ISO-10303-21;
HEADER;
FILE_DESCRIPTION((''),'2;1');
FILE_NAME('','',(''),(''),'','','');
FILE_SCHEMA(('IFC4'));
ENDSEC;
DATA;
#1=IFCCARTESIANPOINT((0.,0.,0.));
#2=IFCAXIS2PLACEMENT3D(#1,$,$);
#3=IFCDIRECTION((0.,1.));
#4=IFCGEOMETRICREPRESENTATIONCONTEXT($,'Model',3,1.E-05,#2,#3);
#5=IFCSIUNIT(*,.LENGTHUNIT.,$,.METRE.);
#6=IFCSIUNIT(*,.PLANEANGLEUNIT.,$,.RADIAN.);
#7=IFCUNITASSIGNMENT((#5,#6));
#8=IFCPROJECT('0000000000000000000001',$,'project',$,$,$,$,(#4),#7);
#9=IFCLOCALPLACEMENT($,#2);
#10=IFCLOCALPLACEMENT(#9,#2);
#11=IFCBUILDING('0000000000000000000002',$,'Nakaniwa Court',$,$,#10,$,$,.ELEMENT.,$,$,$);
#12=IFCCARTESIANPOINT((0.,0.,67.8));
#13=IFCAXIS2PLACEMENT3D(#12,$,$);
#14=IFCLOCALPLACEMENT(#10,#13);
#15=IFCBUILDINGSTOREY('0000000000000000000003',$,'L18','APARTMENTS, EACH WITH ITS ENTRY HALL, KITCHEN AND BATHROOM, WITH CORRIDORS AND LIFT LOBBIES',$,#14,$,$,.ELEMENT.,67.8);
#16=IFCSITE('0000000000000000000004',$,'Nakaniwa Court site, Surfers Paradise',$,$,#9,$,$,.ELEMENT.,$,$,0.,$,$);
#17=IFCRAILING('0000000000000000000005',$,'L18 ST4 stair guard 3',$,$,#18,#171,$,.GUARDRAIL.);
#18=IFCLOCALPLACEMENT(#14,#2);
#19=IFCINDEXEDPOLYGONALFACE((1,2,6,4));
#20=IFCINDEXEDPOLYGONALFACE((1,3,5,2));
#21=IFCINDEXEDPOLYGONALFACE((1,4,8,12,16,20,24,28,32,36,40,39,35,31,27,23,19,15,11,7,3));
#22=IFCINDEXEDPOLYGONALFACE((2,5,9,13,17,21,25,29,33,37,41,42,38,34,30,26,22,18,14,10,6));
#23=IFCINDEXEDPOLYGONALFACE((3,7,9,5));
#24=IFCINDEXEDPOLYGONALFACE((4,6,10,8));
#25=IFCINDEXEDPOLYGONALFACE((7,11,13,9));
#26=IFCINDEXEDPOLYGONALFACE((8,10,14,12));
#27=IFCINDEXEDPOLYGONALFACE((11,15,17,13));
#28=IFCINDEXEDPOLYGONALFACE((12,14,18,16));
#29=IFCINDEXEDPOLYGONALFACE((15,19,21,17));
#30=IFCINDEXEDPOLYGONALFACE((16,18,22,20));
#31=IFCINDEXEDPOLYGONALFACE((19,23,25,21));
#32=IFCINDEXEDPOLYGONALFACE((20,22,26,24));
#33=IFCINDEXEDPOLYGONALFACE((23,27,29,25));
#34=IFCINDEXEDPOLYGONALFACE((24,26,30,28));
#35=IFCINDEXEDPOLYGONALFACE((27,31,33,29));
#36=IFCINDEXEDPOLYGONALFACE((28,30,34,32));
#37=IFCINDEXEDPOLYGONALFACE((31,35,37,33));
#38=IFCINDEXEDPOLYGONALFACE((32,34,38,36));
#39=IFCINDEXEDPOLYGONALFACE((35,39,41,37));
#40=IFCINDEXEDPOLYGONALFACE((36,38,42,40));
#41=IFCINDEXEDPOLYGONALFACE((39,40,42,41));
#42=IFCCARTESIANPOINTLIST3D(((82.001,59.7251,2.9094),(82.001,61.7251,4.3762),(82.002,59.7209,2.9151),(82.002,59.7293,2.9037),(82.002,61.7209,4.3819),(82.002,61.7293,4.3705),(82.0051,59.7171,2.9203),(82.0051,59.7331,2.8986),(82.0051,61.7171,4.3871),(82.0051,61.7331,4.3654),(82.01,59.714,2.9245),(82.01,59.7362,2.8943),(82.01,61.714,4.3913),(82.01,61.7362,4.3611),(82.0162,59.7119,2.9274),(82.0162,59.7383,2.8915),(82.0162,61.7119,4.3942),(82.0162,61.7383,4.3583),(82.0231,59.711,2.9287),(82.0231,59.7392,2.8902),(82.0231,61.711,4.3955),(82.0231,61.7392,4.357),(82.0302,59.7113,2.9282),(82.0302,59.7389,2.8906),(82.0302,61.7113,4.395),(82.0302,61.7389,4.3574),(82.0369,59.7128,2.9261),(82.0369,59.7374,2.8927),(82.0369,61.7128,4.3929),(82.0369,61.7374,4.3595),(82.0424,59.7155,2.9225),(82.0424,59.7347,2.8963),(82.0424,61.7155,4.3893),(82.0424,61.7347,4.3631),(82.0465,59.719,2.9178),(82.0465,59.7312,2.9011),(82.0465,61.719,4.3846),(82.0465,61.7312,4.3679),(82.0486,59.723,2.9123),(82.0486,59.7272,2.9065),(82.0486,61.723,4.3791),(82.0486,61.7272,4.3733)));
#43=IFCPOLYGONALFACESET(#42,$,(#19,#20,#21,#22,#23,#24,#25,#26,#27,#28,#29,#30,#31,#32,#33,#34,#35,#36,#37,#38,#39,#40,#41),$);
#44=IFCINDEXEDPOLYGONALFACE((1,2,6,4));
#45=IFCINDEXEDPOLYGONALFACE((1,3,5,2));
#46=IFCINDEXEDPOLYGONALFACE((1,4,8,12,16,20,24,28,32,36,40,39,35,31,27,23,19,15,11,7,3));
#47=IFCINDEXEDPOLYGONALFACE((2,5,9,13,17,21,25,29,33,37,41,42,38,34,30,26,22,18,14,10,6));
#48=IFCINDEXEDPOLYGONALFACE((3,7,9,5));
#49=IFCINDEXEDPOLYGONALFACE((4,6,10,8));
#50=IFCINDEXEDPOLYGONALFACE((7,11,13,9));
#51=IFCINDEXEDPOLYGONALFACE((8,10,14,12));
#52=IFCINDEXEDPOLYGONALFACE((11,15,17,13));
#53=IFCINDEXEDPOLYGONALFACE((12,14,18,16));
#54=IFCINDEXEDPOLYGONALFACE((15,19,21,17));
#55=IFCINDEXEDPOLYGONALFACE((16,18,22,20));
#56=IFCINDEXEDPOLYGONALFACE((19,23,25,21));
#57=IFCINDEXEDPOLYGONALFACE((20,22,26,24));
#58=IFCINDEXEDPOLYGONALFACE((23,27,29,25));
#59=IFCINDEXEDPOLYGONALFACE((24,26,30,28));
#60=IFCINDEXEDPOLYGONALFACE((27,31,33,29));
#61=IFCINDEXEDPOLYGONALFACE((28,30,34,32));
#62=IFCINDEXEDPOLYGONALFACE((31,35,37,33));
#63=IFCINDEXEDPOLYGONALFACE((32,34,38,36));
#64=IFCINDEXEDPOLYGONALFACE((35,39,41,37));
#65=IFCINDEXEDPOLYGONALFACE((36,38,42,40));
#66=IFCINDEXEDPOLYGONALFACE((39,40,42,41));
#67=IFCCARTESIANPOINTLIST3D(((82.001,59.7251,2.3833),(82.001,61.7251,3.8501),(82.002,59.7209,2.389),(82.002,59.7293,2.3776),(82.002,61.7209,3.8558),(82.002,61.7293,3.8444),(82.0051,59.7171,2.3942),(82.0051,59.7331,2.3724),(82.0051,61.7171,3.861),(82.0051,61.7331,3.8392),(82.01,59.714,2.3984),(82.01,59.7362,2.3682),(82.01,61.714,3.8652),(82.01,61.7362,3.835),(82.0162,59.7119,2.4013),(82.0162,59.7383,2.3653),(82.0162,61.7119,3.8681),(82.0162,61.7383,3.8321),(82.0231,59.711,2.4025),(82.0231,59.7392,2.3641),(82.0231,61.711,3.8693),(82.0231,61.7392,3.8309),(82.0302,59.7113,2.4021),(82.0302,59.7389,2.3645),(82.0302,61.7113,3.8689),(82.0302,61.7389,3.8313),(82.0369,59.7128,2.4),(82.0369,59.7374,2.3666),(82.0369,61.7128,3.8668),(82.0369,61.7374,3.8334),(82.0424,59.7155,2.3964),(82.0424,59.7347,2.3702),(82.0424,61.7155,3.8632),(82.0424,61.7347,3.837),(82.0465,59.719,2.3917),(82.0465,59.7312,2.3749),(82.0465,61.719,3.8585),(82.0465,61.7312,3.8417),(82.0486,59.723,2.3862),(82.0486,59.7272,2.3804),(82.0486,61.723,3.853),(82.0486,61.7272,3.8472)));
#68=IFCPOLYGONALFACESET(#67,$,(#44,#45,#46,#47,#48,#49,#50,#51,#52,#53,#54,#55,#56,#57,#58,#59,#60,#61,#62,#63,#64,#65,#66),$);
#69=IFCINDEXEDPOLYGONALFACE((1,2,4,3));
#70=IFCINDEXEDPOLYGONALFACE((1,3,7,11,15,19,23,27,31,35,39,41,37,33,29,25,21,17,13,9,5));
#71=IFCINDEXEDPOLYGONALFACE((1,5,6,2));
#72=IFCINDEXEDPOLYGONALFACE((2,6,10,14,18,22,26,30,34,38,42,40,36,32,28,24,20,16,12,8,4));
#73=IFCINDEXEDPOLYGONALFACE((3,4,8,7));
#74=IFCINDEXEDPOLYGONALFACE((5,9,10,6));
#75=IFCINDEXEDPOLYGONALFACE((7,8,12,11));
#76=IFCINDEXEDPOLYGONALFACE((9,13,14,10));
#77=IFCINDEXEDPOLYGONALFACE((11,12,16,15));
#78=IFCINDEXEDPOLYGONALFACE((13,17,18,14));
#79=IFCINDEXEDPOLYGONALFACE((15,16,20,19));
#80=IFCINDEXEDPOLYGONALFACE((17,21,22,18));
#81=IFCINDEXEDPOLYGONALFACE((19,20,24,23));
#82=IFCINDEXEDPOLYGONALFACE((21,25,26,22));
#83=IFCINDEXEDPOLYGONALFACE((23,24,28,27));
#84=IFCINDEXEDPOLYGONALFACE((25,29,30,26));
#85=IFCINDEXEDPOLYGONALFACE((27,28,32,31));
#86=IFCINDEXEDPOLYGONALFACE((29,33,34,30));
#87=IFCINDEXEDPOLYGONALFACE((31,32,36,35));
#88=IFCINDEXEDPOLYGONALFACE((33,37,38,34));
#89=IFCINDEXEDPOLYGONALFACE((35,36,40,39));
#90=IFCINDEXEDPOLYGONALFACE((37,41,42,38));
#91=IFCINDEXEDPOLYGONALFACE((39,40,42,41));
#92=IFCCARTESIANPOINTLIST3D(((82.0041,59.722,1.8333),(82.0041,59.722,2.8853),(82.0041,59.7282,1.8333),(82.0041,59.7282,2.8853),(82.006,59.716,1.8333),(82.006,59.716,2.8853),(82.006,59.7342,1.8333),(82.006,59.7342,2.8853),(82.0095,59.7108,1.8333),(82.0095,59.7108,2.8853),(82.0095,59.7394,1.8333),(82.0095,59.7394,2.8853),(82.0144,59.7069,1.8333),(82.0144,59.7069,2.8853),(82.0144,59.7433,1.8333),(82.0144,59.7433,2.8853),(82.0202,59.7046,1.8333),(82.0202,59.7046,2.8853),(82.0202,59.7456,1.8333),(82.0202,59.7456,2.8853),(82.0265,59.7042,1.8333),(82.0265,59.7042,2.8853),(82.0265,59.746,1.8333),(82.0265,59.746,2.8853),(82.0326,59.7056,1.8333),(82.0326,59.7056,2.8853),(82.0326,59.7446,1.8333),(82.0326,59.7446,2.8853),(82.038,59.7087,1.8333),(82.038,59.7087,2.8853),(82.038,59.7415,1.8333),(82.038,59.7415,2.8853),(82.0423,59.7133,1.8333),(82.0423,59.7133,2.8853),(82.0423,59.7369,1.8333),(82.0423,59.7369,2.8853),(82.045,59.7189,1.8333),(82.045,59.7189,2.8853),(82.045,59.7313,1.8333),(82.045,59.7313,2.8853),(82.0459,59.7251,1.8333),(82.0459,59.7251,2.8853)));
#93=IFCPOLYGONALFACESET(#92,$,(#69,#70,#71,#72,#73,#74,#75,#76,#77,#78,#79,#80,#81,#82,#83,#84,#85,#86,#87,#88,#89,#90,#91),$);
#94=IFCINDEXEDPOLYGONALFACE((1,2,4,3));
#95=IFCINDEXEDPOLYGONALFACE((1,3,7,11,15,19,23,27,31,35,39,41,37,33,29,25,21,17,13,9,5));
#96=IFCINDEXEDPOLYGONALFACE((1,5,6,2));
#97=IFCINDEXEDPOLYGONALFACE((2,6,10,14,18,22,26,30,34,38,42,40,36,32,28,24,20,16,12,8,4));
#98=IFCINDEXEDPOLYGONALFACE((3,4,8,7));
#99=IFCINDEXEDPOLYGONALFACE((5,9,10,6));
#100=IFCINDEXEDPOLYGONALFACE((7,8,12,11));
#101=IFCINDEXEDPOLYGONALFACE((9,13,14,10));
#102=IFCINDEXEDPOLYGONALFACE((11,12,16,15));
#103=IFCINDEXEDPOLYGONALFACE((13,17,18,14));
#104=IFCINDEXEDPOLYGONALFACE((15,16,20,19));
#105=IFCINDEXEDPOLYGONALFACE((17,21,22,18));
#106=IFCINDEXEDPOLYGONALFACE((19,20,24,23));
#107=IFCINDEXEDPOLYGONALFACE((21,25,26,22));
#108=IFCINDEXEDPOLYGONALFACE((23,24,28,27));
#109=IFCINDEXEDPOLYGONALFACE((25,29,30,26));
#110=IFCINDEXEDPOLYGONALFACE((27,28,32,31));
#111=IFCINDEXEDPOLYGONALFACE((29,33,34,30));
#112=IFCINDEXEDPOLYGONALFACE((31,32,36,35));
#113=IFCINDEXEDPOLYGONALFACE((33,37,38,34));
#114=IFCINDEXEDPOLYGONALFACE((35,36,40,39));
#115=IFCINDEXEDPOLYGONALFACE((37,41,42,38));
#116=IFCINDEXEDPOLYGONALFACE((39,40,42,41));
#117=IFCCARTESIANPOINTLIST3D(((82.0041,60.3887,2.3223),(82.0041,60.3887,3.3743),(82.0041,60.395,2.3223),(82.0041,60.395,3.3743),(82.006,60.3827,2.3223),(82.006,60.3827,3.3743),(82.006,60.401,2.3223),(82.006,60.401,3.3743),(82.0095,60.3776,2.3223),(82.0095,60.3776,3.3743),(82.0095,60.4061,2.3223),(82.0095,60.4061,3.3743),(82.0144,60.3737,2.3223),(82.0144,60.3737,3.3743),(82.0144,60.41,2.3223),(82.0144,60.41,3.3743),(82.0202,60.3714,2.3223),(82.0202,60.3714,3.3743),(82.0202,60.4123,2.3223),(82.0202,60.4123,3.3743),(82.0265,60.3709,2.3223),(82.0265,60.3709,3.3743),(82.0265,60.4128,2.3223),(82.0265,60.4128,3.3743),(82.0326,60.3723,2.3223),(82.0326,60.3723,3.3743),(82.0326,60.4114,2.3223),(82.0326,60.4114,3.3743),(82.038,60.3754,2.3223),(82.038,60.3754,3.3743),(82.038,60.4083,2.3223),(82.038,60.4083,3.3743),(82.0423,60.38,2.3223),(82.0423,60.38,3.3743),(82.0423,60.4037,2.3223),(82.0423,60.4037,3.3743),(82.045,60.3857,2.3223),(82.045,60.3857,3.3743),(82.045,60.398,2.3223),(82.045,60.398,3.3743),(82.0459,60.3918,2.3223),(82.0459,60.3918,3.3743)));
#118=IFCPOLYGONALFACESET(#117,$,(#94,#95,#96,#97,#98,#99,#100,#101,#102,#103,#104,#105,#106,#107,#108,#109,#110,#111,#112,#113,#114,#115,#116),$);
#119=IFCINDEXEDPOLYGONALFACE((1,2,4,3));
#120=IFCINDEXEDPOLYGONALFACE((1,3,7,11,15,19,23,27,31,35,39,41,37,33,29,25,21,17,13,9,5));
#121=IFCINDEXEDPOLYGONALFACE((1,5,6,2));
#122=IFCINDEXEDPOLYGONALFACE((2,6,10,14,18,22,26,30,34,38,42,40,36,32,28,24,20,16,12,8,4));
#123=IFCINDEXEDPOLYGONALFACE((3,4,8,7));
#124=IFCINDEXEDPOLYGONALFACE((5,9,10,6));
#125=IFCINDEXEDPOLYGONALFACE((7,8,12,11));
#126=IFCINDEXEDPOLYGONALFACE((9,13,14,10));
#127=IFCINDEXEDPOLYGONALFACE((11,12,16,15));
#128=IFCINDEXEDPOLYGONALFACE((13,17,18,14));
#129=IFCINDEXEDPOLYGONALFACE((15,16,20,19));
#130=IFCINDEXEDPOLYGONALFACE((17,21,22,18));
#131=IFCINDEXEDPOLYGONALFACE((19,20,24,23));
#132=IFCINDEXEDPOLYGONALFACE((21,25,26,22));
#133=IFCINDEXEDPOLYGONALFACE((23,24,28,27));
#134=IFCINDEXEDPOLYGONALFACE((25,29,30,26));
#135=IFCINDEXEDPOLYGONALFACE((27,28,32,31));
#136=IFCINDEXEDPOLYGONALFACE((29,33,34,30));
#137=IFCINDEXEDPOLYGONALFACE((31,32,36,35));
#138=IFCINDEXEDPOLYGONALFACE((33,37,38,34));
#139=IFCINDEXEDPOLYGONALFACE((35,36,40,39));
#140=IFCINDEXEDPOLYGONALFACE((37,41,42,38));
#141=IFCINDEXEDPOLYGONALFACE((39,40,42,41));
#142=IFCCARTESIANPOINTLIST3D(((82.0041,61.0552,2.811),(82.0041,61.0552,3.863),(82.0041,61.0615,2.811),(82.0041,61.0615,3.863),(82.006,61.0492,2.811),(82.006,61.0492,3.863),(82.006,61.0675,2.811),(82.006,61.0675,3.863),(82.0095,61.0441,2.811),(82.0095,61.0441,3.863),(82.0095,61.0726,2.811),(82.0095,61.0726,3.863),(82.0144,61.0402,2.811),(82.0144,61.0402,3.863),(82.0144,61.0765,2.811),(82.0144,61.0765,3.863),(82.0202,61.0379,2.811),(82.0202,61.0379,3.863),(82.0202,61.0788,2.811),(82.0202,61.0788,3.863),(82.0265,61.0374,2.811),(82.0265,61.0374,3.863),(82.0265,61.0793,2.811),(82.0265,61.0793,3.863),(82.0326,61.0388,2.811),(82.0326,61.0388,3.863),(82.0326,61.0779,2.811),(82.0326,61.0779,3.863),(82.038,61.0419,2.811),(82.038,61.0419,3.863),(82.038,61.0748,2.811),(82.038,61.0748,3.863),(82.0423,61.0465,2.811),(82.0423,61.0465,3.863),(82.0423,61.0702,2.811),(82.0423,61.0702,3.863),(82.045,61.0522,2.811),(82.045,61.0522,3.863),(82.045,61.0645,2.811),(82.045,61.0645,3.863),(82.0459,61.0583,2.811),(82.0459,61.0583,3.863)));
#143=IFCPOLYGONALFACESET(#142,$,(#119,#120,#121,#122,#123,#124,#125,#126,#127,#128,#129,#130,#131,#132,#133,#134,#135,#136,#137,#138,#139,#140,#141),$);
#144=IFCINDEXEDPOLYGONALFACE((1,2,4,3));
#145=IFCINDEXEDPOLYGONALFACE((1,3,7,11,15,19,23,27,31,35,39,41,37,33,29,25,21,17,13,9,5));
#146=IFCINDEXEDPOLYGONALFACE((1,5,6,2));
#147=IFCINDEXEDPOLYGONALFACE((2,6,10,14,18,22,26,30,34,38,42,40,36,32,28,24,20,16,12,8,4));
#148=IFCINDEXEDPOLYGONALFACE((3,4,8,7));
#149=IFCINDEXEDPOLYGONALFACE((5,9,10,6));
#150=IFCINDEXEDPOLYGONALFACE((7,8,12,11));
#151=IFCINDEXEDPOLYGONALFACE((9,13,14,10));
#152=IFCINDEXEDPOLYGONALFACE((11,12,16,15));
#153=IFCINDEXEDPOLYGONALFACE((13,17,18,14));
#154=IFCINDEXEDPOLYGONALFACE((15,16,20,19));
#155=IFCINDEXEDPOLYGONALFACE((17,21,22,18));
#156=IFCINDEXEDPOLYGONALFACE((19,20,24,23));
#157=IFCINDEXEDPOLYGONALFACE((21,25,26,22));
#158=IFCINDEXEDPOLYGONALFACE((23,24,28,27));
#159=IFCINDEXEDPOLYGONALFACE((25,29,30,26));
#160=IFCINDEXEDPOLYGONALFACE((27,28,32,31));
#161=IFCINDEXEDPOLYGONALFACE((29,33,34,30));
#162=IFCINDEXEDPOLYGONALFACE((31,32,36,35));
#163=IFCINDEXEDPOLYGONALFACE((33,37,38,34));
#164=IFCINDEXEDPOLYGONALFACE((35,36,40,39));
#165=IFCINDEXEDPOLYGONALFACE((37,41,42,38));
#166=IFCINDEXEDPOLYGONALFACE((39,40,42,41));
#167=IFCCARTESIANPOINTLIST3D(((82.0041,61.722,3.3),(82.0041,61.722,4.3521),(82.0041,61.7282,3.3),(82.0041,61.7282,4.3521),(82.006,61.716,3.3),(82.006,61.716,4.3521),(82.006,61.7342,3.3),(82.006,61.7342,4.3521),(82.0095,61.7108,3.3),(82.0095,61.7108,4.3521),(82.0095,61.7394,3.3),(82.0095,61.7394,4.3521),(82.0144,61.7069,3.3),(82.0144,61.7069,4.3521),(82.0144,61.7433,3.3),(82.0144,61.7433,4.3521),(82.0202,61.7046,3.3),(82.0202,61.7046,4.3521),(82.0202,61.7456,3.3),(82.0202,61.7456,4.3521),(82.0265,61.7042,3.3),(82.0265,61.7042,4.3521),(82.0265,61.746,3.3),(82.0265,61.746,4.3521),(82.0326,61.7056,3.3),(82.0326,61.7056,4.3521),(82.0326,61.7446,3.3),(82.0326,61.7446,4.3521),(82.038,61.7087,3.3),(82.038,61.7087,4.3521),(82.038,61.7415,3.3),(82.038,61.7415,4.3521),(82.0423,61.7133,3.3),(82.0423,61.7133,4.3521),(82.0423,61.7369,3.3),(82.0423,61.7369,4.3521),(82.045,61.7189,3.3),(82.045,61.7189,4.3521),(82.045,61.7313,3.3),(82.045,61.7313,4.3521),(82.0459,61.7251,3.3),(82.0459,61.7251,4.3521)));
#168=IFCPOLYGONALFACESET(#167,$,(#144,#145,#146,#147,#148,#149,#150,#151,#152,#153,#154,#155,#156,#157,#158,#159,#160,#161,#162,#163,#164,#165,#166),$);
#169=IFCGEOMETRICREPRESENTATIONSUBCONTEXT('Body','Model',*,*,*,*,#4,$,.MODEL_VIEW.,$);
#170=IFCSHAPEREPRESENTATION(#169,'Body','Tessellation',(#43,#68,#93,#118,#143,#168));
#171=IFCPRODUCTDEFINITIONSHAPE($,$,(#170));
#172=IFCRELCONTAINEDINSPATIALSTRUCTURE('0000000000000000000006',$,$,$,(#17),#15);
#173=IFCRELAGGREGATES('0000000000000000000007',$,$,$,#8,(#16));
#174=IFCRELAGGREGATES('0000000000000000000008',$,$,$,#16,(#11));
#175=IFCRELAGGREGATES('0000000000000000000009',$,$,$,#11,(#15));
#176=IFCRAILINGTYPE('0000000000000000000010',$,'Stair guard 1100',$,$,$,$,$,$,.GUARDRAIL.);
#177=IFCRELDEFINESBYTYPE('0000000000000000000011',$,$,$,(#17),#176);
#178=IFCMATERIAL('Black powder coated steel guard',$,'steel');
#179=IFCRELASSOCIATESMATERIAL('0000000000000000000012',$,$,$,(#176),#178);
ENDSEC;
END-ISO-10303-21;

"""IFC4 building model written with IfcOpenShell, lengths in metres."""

from ifc_helpers import new_model, si_unit, direction, frame, origin, origin_2d, place, context, subcontext, project, spatial, circle, extrude, material, type_object, element, save


model = new_model("IFC4")

# Units and contexts
model_context = context("Model", 3, precision=1e-05, world=origin(), true_north=direction((0.0, 1.0)))
body_context = subcontext(model_context, "Body", "Model", "MODEL_VIEW")
ifc_project = project(units=[si_unit("LENGTHUNIT", "METRE"), si_unit("PLANEANGLEUNIT", "RADIAN")], contexts=[model_context])

# Site, building, storey
site_placement = place(None, origin())
site = spatial("IfcSite", under=ifc_project, at=site_placement, Name="Nakaniwa Court site, Surfers Paradise", CompositionType="ELEMENT", RefElevation=0.0)
building_placement = place(site_placement, origin())
building = spatial("IfcBuilding", under=site, at=building_placement, Name="Nakaniwa Court", CompositionType="ELEMENT")
storey_placement = place(building_placement, frame((0.0, 0.0, 67.8)))
storey = spatial("IfcBuildingStorey", under=building, at=storey_placement, Name="L18", Description="APARTMENTS, EACH WITH ITS ENTRY HALL, KITCHEN AND BATHROOM, WITH CORRIDORS AND LIFT LOBBIES", CompositionType="ELEMENT", Elevation=67.8)

# Railing
ifc_material_1 = material(Name="Black powder coated steel guard", Category="steel")
railing_type_1 = type_object("IfcRailingType", Name="Stair guard 1100", PredefinedType="GUARDRAIL", material=ifc_material_1)
railing_1_placement = place(storey_placement, frame((82.0249, 59.7251, 1.8333)))
element("IfcRailing", 1, at=railing_1_placement, inside=storey, type_object=railing_type_1, Name="L18 ST4 stair guard 3", PredefinedType="GUARDRAIL", context=body_context, shape_type="SweptSolid", body=[
    extrude(circle(Radius=0.0239, at=origin_2d()), frame((0.0, 0.0, 1.0762), z_axis=(0.0, 0.80638, 0.591398), x_axis=(-1.0, 0.0, 0.0)), (0.0, 0.0, 1.0), 2.4802),
    extrude(circle(Radius=0.0239, at=origin_2d()), frame((0.0, 0.0, 0.55), z_axis=(0.0, 0.80638, 0.591398), x_axis=(-1.0, 0.0, 0.0)), (0.0, 0.0, 1.0), 2.4802),
    extrude(circle(Radius=0.021, at=origin_2d()), origin(), (0.0, 0.0, 1.0), 1.052),
    extrude(circle(Radius=0.021, at=origin_2d()), frame((0.0, 0.6667, 0.489)), (0.0, 0.0, 1.0), 1.052),
    extrude(circle(Radius=0.021, at=origin_2d()), frame((0.0, 1.3333, 0.9778)), (0.0, 0.0, 1.0), 1.052),
    extrude(circle(Radius=0.021, at=origin_2d()), frame((0.0, 2.0, 1.4668)), (0.0, 0.0, 1.0), 1.052),
])

save(model, "model.ifc")
